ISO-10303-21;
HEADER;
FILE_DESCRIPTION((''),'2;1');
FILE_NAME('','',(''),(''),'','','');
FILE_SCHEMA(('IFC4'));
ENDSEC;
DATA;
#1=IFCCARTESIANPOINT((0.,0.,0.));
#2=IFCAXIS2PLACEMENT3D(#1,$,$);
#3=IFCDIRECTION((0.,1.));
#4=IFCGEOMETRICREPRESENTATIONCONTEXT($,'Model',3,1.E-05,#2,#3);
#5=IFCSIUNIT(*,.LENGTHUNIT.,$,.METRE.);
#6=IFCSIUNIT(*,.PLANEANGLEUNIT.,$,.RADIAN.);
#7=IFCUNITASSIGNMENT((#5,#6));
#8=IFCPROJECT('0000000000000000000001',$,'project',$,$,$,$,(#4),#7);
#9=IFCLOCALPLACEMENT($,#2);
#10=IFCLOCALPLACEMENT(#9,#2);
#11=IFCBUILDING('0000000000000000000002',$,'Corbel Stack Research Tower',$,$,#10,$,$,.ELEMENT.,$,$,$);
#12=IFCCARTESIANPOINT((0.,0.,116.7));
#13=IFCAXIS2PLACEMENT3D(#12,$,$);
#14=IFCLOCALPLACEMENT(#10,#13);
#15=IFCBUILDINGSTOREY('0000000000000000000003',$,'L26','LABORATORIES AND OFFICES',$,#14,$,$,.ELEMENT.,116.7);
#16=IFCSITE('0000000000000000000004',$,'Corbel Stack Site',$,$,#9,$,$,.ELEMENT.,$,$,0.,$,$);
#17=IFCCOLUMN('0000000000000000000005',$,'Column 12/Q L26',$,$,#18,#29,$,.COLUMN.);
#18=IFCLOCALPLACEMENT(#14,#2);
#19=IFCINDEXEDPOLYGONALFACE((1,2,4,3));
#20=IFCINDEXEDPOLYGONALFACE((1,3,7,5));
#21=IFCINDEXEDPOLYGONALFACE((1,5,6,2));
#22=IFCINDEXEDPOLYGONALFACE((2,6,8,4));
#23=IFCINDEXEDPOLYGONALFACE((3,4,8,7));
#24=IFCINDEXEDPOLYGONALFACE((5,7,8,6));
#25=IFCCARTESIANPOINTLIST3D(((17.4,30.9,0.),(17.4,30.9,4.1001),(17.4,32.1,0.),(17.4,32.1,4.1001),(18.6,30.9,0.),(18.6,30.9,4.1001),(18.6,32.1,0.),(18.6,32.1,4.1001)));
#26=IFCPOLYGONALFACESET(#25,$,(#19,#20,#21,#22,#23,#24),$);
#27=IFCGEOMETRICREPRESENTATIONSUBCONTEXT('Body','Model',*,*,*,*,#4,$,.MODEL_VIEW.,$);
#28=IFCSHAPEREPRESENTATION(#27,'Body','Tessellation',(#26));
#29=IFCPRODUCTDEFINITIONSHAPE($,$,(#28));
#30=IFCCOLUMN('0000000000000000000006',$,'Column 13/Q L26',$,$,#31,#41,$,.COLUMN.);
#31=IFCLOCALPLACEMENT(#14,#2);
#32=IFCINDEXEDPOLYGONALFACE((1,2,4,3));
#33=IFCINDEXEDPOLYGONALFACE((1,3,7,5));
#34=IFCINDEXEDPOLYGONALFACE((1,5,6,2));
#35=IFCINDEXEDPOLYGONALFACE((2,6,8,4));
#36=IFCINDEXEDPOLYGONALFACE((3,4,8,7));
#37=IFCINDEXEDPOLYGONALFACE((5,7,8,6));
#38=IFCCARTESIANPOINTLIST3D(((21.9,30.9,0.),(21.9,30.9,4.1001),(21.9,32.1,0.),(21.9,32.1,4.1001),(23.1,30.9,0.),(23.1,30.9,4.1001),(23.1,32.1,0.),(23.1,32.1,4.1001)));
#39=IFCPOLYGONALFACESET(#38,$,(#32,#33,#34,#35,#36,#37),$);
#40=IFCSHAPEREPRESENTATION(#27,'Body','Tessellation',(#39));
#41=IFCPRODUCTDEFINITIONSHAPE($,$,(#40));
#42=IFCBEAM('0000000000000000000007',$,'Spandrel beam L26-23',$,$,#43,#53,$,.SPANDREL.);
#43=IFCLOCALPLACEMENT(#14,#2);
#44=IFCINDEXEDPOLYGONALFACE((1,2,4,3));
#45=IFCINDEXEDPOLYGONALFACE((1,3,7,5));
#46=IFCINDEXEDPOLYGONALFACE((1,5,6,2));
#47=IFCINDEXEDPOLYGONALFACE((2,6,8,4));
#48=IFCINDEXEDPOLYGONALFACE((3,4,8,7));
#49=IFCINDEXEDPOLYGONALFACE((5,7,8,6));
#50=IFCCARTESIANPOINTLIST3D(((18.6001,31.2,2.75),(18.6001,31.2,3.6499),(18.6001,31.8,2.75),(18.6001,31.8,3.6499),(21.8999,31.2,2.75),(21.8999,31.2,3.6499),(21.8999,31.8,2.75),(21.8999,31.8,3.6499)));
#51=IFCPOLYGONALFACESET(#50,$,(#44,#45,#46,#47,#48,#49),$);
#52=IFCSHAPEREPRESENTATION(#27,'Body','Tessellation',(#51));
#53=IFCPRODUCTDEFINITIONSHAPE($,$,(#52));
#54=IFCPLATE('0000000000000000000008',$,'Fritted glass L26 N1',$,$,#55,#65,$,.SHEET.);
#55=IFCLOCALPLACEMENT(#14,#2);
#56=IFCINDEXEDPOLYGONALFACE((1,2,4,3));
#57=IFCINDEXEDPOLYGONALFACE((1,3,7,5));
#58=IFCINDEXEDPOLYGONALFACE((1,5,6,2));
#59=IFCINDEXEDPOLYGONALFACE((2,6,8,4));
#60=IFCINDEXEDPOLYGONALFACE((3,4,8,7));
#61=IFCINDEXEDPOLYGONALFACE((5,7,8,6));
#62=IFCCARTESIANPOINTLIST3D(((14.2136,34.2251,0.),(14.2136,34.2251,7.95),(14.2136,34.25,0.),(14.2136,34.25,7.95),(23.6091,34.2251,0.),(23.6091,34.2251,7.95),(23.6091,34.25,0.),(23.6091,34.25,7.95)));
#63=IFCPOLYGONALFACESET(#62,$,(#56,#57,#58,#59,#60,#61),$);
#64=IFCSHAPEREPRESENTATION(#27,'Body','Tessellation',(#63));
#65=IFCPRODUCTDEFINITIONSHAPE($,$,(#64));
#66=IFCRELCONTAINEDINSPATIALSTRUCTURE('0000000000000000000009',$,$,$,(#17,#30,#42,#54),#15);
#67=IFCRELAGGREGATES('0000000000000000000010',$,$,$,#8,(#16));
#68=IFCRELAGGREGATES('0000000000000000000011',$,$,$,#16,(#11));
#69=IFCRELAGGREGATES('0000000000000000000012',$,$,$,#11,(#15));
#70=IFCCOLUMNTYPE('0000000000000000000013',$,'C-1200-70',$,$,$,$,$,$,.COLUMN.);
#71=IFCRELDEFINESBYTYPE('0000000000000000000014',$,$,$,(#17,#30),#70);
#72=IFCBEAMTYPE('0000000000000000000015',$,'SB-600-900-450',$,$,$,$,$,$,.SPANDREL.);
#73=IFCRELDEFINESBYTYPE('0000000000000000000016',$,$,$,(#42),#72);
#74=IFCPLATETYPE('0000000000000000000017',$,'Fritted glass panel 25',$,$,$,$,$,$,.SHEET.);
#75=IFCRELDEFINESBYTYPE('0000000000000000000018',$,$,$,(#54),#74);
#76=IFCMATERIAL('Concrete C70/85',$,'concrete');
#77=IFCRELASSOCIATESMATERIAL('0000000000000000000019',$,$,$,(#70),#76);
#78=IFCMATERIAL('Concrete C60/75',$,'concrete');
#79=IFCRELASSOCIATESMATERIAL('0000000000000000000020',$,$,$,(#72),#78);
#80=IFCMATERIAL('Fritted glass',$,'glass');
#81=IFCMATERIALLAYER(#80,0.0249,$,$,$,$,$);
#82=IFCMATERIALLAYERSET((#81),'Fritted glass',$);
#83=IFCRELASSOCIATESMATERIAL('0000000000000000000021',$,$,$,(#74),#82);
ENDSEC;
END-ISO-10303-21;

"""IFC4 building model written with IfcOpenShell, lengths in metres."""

from ifc_helpers import new_model, si_unit, direction, frame, origin, origin_2d, place, context, subcontext, project, spatial, rectangle, extrude, material, layer, layer_set, material_profile, profile_set, type_object, element, save


model = new_model("IFC4")

# Units and contexts
model_context = context("Model", 3, precision=1e-05, world=origin(), true_north=direction((0.0, 1.0)))
body_context = subcontext(model_context, "Body", "Model", "MODEL_VIEW")
ifc_project = project(units=[si_unit("LENGTHUNIT", "METRE"), si_unit("PLANEANGLEUNIT", "RADIAN")], contexts=[model_context])

# Site, building, storey
site_placement = place(None, origin())
site = spatial("IfcSite", under=ifc_project, at=site_placement, Name="Corbel Stack Site", CompositionType="ELEMENT", RefElevation=0.0)
building_placement = place(site_placement, origin())
building = spatial("IfcBuilding", under=site, at=building_placement, Name="Corbel Stack Research Tower", CompositionType="ELEMENT")
storey_placement = place(building_placement, frame((0.0, 0.0, 116.7)))
storey = spatial("IfcBuildingStorey", under=building, at=storey_placement, Name="L26", Description="LABORATORIES AND OFFICES", CompositionType="ELEMENT", Elevation=116.7)

# Columns
ifc_material_1 = material(Name="Concrete C70/85", Category="concrete")
ifc_material_profile_1 = material_profile(ifc_material_1, rectangle(XDim=1.2, YDim=1.2, at=origin_2d()), Name="RC 1200 x 1200")
ifc_profile_set_1 = profile_set([ifc_material_profile_1], Name="Concrete C70/85")
column_type = type_object("IfcColumnType", Name="C-1200-70", PredefinedType="COLUMN", material=ifc_profile_set_1)
for number, where, z_axis, x_axis, name in (
    (1, (18.0, 31.5, 0.0), (0.0, 0.0, 1.0), (1.0, 0.0, 0.0), "Column 12/Q L26"),
    (2, (22.5, 31.5, 0.0), (0.0, 0.0, 1.0), (1.0, 0.0, 0.0), "Column 13/Q L26"),
):
    element("IfcColumn", number, at=place(storey_placement, frame(where, z_axis=z_axis, x_axis=x_axis)), inside=storey, type_object=column_type, Name=name, PredefinedType="COLUMN", context=body_context, shape_type="SweptSolid", body=[
        extrude(rectangle(XDim=1.2, YDim=1.2, at=origin_2d()), origin(), (0.0, 0.0, 1.0), 4.1001),
    ])

# Beam
ifc_material_2 = material(Name="Concrete C60/75", Category="concrete")
ifc_material_profile_2 = material_profile(ifc_material_2, rectangle(XDim=0.6001, YDim=0.8999, at=origin_2d()), Name="RC 600 x 900")
ifc_profile_set_2 = profile_set([ifc_material_profile_2], Name="Concrete C60/75")
beam_type = type_object("IfcBeamType", Name="SB-600-900-450", PredefinedType="SPANDREL", material=ifc_profile_set_2)
beam_placement = place(storey_placement, frame((21.8999, 31.5, 3.2), z_axis=(-1.0, 0.0, 0.0), x_axis=(0.0, -1.0, 0.0)))
element("IfcBeam", 3, at=beam_placement, inside=storey, type_object=beam_type, Name="Spandrel beam L26-23", PredefinedType="SPANDREL", context=body_context, shape_type="SweptSolid", body=[
    extrude(rectangle(XDim=0.6001, YDim=0.8999, at=origin_2d()), origin(), (0.0, 0.0, 1.0), 3.2998),
])

# Plate
ifc_material_3 = material(Name="Fritted glass", Category="glass")
ifc_layer_1 = layer(ifc_material_3, 0.0249)
ifc_layer_set_1 = layer_set([ifc_layer_1], Name="Fritted glass")
plate_type = type_object("IfcPlateType", Name="Fritted glass panel 25", PredefinedType="SHEET", material=ifc_layer_set_1)
plate_placement = place(storey_placement, frame((18.9114, 34.2375, 0.0), z_axis=(0.0, 0.0, 1.0), x_axis=(-1.0, 0.0, 0.0)))
element("IfcPlate", 4, at=plate_placement, inside=storey, type_object=plate_type, Name="Fritted glass L26 N1", PredefinedType="SHEET", context=body_context, shape_type="SweptSolid", body=[
    extrude(rectangle(XDim=9.3955, YDim=0.0249, at=origin_2d()), origin(), (0.0, 0.0, 1.0), 7.95),
])

save(model, "model.ifc")
